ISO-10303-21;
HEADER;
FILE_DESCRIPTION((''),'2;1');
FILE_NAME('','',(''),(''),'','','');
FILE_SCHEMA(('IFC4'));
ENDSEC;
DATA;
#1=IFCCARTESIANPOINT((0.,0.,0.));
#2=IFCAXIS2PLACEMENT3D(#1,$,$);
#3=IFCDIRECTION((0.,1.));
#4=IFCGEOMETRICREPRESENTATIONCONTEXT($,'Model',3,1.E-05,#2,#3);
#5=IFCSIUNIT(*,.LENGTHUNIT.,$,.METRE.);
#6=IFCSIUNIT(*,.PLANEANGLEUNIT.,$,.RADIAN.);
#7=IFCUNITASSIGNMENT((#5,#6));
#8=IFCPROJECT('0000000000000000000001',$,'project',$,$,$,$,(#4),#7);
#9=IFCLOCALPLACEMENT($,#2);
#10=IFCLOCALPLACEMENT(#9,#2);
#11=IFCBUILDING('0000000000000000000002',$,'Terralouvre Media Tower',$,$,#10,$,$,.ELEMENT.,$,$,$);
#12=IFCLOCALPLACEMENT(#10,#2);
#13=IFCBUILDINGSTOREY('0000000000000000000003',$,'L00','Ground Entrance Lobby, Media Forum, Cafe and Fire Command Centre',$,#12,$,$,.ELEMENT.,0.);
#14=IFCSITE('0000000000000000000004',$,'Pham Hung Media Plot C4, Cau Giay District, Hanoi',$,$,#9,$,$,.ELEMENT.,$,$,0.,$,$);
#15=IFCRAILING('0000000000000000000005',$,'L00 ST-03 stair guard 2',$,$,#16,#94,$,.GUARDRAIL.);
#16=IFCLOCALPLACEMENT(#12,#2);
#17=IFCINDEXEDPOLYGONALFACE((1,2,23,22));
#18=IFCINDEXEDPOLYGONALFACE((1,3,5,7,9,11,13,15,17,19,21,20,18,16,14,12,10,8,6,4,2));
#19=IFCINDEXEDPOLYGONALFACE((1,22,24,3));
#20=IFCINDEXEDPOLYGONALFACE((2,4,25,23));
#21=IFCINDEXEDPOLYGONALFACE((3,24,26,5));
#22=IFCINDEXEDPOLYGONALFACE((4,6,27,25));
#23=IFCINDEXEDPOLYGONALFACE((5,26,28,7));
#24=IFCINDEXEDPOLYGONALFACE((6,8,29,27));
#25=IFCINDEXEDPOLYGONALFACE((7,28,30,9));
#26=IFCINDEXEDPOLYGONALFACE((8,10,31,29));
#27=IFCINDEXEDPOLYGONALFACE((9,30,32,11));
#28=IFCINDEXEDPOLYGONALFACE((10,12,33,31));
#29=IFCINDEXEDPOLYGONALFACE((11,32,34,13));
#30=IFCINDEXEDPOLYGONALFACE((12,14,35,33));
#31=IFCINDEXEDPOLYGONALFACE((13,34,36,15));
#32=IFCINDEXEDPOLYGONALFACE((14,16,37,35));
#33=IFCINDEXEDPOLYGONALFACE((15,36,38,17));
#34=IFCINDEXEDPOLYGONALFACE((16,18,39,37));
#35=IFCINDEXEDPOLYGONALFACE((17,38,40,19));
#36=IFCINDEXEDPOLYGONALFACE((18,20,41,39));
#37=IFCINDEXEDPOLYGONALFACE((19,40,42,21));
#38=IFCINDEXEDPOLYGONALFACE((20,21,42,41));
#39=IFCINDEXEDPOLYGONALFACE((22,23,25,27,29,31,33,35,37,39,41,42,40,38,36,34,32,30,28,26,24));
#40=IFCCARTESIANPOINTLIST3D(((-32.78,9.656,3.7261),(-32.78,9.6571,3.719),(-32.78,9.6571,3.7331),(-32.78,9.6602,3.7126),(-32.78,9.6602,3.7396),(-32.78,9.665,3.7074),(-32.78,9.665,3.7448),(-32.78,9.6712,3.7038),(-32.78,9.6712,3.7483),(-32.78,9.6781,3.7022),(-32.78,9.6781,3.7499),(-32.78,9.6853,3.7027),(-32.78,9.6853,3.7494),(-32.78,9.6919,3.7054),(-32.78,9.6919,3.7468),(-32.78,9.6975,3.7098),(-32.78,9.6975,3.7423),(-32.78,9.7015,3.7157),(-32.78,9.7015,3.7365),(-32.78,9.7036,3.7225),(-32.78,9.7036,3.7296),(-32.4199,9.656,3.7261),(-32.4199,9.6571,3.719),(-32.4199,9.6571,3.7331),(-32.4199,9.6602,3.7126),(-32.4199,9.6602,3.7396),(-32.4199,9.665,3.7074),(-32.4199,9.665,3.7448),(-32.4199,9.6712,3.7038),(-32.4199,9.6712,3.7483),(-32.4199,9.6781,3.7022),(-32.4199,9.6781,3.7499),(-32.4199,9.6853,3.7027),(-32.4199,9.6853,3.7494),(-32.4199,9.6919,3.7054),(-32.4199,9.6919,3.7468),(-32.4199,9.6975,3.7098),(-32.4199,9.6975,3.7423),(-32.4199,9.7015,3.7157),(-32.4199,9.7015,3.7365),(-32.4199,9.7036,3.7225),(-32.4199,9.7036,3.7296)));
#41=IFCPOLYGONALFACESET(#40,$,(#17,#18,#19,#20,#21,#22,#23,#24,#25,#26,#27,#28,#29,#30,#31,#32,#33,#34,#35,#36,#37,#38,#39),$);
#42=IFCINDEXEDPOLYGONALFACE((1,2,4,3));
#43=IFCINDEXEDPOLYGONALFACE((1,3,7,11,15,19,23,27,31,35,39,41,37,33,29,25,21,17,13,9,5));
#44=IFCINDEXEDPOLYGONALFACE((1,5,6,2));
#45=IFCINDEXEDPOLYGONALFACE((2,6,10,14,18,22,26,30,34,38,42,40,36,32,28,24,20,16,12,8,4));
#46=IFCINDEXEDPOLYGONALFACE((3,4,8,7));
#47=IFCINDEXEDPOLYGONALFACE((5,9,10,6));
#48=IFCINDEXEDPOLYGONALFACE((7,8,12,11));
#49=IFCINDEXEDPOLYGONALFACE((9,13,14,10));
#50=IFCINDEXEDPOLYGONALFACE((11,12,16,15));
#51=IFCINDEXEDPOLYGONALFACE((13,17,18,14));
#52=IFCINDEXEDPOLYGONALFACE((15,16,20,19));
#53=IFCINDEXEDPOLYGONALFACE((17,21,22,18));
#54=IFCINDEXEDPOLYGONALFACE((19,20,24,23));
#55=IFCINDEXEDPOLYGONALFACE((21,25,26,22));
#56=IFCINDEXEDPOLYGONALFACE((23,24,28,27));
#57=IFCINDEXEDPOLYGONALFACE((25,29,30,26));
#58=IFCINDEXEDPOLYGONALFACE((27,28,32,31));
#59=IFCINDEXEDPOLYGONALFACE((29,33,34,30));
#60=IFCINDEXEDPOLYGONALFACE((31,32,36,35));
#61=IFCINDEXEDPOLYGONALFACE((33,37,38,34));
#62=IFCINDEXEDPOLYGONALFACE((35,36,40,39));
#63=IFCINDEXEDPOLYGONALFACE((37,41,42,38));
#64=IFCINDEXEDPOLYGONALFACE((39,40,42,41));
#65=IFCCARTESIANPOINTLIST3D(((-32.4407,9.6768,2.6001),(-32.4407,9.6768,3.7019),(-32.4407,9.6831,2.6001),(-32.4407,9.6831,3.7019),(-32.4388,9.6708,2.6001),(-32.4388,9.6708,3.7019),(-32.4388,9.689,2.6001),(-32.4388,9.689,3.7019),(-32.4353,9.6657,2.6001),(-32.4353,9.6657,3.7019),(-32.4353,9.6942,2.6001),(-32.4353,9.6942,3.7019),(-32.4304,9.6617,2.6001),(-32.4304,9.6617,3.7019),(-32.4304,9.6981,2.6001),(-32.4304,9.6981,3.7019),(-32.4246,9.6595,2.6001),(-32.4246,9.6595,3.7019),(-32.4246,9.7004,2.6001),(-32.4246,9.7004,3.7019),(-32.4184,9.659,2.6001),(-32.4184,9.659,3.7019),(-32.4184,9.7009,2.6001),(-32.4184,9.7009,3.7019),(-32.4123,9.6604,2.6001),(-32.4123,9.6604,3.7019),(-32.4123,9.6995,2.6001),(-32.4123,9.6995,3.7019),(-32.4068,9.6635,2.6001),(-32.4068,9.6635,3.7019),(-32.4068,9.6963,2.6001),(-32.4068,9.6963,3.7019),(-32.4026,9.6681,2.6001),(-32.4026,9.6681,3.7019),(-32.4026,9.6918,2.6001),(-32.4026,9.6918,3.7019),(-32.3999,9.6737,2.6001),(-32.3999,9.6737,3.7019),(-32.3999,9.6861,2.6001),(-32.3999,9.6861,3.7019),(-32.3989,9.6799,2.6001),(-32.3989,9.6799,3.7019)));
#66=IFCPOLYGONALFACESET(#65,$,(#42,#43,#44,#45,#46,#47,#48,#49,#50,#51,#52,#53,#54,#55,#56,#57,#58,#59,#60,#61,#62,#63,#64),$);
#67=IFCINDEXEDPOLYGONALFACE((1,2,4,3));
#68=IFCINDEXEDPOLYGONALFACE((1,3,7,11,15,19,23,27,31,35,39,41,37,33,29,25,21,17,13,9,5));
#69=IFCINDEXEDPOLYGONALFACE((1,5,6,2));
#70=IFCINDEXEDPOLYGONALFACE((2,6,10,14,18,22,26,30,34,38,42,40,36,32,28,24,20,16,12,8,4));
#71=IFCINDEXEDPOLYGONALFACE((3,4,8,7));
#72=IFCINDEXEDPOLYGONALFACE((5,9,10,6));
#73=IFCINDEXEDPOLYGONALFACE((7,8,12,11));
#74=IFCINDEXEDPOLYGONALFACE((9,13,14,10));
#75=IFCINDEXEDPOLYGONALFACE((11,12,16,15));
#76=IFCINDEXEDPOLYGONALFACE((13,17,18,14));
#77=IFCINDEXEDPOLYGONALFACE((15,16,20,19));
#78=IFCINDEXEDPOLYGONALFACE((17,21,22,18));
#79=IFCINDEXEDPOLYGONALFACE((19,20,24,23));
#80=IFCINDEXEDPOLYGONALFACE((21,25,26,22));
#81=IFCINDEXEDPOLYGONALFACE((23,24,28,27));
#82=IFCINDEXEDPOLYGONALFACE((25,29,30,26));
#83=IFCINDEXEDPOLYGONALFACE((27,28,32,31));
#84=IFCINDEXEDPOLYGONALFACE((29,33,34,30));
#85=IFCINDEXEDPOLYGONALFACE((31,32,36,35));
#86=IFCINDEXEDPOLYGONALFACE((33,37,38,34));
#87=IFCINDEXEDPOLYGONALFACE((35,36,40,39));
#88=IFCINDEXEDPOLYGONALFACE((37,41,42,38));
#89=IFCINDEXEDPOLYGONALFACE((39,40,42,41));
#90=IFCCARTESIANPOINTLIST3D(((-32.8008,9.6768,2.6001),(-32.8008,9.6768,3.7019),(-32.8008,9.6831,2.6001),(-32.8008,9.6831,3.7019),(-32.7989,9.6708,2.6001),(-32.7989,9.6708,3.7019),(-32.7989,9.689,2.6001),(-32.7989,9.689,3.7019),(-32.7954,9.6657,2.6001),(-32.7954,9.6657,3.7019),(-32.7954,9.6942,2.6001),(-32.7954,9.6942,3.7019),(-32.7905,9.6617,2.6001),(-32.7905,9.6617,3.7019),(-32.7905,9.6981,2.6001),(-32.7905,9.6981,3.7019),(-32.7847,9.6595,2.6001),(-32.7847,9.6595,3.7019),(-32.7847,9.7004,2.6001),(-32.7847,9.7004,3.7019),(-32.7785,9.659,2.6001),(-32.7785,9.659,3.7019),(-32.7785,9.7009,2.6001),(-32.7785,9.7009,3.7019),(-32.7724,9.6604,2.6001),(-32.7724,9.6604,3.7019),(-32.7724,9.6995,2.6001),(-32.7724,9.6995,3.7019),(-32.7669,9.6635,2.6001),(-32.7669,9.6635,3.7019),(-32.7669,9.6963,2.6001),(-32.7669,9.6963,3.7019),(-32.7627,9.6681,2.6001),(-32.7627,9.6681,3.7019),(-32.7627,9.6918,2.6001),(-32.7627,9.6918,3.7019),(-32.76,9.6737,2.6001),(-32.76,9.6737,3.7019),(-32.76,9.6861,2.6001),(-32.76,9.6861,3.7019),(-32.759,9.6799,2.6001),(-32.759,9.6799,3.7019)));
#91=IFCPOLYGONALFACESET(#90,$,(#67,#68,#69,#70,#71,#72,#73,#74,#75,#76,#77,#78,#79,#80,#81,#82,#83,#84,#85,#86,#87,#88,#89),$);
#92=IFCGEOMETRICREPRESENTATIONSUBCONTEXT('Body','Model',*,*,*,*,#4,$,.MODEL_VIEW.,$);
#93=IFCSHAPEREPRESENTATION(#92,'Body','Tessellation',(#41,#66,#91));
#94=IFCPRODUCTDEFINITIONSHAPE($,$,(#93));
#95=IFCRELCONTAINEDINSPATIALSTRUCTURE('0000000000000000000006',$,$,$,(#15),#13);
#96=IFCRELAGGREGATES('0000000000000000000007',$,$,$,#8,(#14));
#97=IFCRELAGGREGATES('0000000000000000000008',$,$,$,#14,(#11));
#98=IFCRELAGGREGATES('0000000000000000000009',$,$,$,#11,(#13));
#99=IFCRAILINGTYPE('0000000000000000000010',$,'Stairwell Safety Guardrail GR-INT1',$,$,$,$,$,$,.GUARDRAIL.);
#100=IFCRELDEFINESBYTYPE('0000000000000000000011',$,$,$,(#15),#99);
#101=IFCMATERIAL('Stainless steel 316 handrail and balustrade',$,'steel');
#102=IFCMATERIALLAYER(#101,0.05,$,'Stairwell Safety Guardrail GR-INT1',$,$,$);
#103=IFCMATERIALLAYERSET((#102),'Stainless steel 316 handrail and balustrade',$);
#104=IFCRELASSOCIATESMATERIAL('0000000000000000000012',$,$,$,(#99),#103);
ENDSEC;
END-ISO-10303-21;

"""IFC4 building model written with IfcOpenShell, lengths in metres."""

from ifc_helpers import new_model, si_unit, direction, frame, origin, origin_2d, place, context, subcontext, project, spatial, circle, extrude, material, layer, layer_set, type_object, element, save


model = new_model("IFC4")

# Units and contexts
model_context = context("Model", 3, precision=1e-05, world=origin(), true_north=direction((0.0, 1.0)))
body_context = subcontext(model_context, "Body", "Model", "MODEL_VIEW")
ifc_project = project(units=[si_unit("LENGTHUNIT", "METRE"), si_unit("PLANEANGLEUNIT", "RADIAN")], contexts=[model_context])

# Site, building, storey
site_placement = place(None, origin())
site = spatial("IfcSite", under=ifc_project, at=site_placement, Name="Pham Hung Media Plot C4, Cau Giay District, Hanoi", CompositionType="ELEMENT", RefElevation=0.0)
building_placement = place(site_placement, origin())
building = spatial("IfcBuilding", under=site, at=building_placement, Name="Terralouvre Media Tower", CompositionType="ELEMENT")
storey_placement = place(building_placement, origin())
storey = spatial("IfcBuildingStorey", under=building, at=storey_placement, Name="L00", Description="Ground Entrance Lobby, Media Forum, Cafe and Fire Command Centre", CompositionType="ELEMENT", Elevation=0.0)

# Railing
ifc_material_1 = material(Name="Stainless steel 316 handrail and balustrade", Category="steel")
ifc_layer_1 = layer(ifc_material_1, 0.05, Name="Stairwell Safety Guardrail GR-INT1")
ifc_layer_set_1 = layer_set([ifc_layer_1], Name="Stainless steel 316 handrail and balustrade")
railing_type_1 = type_object("IfcRailingType", Name="Stairwell Safety Guardrail GR-INT1", PredefinedType="GUARDRAIL", material=ifc_layer_set_1)
railing_1_placement = place(storey_placement, frame((-32.4199, 9.6799, 2.6001)))
element("IfcRailing", 1, at=railing_1_placement, inside=storey, type_object=railing_type_1, Name="L00 ST-03 stair guard 2", PredefinedType="GUARDRAIL", context=body_context, shape_type="SweptSolid", body=[
    extrude(circle(Radius=0.0239, at=origin_2d()), frame((0.0, 0.0, 1.126), z_axis=(-1.0, 0.0, 0.0), x_axis=(0.0, -1.0, 0.0)), (0.0, 0.0, 1.0), 0.3601),
    extrude(circle(Radius=0.021, at=origin_2d()), origin(), (0.0, 0.0, 1.0), 1.1018),
    extrude(circle(Radius=0.021, at=origin_2d()), frame((-0.3601, 0.0, 0.0)), (0.0, 0.0, 1.0), 1.1018),
])

save(model, "model.ifc")
